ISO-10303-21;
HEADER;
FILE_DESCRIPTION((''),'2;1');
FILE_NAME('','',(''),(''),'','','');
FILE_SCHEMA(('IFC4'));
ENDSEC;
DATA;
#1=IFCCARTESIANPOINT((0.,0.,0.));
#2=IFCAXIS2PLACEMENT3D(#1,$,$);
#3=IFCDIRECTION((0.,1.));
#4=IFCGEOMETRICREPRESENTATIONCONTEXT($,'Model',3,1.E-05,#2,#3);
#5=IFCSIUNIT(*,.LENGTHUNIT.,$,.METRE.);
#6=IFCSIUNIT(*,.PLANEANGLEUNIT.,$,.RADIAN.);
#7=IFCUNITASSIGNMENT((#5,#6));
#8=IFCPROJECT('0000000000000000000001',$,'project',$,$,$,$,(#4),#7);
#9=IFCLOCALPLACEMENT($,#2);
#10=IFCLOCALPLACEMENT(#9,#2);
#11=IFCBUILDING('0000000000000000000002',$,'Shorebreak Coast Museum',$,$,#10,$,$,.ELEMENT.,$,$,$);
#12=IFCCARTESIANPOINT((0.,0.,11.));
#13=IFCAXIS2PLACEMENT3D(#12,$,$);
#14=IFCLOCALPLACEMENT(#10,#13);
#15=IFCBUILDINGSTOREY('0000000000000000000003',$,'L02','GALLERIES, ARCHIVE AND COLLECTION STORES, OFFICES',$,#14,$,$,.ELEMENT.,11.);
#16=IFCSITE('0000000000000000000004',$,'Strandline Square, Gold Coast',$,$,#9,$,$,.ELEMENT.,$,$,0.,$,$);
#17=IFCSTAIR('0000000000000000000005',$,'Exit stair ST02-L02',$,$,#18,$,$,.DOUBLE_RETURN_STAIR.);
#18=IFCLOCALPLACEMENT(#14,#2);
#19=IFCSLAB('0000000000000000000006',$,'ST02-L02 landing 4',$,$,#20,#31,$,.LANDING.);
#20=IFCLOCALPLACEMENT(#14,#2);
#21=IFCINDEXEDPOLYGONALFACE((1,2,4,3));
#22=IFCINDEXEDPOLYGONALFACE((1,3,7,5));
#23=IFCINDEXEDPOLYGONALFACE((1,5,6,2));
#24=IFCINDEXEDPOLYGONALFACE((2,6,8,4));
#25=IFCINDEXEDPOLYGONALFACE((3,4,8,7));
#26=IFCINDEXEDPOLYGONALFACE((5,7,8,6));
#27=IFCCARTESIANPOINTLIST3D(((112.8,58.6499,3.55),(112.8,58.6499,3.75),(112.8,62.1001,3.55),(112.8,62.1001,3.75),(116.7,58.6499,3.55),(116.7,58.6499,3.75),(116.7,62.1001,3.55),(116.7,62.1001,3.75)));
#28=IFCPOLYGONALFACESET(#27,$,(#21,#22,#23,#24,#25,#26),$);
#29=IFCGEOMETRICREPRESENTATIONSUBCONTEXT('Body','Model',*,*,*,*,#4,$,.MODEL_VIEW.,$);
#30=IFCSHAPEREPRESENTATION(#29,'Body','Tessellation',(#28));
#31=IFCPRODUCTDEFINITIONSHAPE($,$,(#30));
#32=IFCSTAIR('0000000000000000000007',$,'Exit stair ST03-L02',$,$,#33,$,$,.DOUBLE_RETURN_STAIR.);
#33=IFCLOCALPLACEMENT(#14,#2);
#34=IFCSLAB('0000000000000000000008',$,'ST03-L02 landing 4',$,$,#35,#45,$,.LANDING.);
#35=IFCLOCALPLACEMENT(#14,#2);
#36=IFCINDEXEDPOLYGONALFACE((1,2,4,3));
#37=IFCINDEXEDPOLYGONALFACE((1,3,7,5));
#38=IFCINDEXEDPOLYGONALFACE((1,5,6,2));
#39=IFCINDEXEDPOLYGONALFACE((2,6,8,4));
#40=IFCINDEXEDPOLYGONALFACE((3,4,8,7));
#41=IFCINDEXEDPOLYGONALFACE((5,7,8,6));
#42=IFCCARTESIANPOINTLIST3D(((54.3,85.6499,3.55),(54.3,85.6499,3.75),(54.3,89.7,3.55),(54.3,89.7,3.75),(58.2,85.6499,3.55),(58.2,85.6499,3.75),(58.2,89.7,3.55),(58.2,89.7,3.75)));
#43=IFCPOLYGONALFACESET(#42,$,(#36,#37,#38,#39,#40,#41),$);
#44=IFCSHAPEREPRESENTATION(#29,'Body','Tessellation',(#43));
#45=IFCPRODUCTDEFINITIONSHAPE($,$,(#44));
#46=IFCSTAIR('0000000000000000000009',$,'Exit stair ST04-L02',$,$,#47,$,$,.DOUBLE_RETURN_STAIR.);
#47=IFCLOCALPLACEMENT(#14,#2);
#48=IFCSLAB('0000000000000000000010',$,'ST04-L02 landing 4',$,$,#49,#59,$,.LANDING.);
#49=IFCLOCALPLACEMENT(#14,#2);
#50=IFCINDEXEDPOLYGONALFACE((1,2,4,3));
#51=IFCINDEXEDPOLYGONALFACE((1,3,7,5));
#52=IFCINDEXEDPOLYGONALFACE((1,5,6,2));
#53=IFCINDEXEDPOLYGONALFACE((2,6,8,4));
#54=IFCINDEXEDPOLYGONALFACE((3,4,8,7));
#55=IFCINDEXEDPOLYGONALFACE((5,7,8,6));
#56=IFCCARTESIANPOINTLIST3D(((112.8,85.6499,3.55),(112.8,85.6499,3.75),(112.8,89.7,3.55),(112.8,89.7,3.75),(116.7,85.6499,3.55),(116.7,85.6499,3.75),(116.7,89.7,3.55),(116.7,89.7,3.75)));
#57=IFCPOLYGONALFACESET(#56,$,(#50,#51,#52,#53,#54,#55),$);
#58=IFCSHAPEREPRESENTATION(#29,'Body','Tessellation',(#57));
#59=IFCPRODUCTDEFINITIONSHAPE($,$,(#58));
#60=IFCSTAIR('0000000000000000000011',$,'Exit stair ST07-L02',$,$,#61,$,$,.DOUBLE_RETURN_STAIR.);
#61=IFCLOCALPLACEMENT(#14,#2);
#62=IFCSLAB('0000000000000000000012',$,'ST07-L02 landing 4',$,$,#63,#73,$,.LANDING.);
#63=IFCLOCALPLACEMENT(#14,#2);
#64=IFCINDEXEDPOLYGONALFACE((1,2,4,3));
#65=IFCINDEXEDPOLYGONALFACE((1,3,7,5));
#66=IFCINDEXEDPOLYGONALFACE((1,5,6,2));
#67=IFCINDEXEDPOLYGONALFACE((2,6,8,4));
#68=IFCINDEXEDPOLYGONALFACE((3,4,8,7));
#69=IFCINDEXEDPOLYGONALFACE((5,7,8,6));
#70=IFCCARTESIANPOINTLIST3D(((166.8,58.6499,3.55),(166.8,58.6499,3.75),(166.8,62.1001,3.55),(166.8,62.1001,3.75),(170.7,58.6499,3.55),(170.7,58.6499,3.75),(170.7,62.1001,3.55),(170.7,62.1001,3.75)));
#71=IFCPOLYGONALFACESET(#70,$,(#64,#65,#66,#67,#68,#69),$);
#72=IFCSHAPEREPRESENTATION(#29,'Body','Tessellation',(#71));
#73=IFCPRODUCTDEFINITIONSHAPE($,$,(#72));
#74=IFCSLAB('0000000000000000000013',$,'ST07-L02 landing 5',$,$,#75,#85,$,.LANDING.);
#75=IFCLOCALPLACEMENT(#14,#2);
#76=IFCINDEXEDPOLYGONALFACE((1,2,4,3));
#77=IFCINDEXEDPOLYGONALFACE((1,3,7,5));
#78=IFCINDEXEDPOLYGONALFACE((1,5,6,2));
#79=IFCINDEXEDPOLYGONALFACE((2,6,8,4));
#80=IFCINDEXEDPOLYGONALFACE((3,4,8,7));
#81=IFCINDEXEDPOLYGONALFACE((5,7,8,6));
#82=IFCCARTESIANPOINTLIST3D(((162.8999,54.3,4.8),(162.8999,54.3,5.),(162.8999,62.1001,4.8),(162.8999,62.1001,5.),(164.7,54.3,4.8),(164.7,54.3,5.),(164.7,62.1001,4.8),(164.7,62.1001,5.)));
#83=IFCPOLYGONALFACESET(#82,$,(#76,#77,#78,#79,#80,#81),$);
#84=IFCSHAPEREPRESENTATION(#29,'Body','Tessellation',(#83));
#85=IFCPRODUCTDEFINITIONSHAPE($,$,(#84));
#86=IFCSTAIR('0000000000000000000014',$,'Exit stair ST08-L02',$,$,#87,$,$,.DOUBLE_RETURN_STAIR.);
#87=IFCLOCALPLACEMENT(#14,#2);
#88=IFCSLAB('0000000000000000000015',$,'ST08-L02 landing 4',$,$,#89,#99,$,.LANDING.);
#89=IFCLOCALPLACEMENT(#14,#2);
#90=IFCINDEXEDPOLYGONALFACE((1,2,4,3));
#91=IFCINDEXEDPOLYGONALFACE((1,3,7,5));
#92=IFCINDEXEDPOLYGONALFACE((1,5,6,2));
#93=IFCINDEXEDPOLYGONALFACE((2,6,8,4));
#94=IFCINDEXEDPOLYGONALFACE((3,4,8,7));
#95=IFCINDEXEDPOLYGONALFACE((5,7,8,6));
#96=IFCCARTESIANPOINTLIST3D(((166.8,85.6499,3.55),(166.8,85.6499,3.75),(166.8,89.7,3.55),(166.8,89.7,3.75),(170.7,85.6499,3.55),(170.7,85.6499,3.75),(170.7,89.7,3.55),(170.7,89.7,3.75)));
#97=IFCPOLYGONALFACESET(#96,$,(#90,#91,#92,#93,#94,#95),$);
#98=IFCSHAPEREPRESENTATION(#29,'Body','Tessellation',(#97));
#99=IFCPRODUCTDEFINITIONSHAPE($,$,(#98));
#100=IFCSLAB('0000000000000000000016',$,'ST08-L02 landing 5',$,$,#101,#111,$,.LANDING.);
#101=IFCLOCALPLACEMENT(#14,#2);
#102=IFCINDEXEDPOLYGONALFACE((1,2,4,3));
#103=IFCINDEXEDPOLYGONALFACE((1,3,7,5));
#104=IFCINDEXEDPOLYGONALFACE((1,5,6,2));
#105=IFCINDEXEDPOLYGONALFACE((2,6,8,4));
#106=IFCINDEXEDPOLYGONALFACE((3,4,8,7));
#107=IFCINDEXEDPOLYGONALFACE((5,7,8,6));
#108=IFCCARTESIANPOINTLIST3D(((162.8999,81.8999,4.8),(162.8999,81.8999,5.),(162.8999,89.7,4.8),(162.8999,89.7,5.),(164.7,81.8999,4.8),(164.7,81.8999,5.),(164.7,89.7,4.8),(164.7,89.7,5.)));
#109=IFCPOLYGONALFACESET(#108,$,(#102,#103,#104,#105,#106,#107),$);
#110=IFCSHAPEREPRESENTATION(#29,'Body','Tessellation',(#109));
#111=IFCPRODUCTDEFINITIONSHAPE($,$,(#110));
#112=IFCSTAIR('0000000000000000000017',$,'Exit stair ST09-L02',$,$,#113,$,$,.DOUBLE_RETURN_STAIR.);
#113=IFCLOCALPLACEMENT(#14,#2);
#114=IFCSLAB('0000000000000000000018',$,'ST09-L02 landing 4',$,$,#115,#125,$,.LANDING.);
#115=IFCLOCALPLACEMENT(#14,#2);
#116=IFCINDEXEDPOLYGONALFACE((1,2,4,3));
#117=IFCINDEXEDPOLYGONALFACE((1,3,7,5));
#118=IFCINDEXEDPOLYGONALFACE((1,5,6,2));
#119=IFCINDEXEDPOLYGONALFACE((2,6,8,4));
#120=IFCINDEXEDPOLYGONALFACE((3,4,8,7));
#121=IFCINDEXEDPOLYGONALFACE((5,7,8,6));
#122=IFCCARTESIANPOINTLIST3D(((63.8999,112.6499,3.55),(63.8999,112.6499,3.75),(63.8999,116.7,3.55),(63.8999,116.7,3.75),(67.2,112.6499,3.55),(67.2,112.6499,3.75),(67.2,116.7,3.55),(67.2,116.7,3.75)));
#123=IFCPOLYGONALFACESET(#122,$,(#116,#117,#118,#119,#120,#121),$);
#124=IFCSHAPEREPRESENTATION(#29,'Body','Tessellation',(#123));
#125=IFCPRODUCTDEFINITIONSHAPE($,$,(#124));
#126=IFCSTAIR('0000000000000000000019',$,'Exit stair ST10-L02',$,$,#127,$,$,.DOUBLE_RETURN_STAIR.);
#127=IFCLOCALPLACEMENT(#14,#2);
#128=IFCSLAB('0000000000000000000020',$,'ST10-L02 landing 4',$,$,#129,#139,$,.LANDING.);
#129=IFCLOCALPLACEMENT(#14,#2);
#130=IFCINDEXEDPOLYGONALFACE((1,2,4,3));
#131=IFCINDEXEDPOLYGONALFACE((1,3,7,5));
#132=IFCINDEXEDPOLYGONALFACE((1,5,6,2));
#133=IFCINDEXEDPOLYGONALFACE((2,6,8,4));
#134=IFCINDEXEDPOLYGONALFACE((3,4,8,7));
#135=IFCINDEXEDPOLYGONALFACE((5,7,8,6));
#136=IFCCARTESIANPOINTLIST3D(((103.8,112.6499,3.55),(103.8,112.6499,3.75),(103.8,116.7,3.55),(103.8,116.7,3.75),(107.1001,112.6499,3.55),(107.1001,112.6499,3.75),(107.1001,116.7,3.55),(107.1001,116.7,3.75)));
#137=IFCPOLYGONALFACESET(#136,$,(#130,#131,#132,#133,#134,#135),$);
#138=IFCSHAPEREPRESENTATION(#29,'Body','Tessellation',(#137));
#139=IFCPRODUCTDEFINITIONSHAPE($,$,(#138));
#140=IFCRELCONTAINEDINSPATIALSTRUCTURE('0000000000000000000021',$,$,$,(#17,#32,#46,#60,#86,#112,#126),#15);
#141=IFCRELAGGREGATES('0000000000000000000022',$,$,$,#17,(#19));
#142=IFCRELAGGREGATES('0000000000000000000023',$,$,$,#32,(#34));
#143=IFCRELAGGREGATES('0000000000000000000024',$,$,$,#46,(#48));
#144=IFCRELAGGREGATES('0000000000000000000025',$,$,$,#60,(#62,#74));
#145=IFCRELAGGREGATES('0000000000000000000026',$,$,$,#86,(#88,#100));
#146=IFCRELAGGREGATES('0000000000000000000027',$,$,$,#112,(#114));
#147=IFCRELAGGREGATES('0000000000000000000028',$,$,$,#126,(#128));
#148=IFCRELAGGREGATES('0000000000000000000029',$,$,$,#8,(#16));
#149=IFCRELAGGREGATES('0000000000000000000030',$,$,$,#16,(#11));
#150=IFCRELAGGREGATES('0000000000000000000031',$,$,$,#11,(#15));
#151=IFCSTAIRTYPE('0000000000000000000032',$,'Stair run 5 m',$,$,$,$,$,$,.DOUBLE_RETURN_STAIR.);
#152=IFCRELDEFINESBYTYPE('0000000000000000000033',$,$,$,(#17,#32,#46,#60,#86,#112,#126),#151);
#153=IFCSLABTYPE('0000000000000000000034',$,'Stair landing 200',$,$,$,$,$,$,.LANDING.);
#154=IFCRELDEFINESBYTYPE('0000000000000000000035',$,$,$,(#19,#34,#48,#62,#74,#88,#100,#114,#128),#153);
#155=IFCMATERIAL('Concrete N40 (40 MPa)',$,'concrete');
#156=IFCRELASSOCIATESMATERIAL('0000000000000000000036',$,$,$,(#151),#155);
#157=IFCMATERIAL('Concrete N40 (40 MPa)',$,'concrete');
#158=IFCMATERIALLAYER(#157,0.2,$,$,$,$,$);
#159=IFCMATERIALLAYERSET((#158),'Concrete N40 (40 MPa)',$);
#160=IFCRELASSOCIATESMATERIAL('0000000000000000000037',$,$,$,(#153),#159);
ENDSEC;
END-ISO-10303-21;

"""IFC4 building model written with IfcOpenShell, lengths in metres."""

from ifc_helpers import new_model, si_unit, direction, frame, origin, place, context, subcontext, project, spatial, polyline, outline, extrude, material, layer, layer_set, type_object, element, aggregate, save


model = new_model("IFC4")

# Units and contexts
model_context = context("Model", 3, precision=1e-05, world=origin(), true_north=direction((0.0, 1.0)))
body_context = subcontext(model_context, "Body", "Model", "MODEL_VIEW")
ifc_project = project(units=[si_unit("LENGTHUNIT", "METRE"), si_unit("PLANEANGLEUNIT", "RADIAN")], contexts=[model_context])

# Site, building, storey
site_placement = place(None, origin())
site = spatial("IfcSite", under=ifc_project, at=site_placement, Name="Strandline Square, Gold Coast", CompositionType="ELEMENT", RefElevation=0.0)
building_placement = place(site_placement, origin())
building = spatial("IfcBuilding", under=site, at=building_placement, Name="Shorebreak Coast Museum", CompositionType="ELEMENT")
storey_placement = place(building_placement, frame((0.0, 0.0, 11.0)))
storey = spatial("IfcBuildingStorey", under=building, at=storey_placement, Name="L02", Description="GALLERIES, ARCHIVE AND COLLECTION STORES, OFFICES", CompositionType="ELEMENT", Elevation=11.0)

# Stairs, slabs
ifc_material_1 = material(Name="Concrete N40 (40 MPa)", Category="concrete")
stair_type = type_object("IfcStairType", Name="Stair run 5 m", PredefinedType="DOUBLE_RETURN_STAIR", material=ifc_material_1)
stair_1_placement = place(storey_placement, origin())
stair_1 = element("IfcStair", 1, at=stair_1_placement, inside=storey, type_object=stair_type, Name="Exit stair ST02-L02", PredefinedType="DOUBLE_RETURN_STAIR")
ifc_material_2 = material(Name="Concrete N40 (40 MPa)", Category="concrete")
ifc_layer_1 = layer(ifc_material_2, 0.2)
ifc_layer_set_1 = layer_set([ifc_layer_1], Name="Concrete N40 (40 MPa)")
slab_type = type_object("IfcSlabType", Name="Stair landing 200", PredefinedType="LANDING", material=ifc_layer_set_1)
slab_1_placement = place(storey_placement, frame((0.0, 0.0, 3.55)))
slab_1 = element("IfcSlab", 2, at=slab_1_placement, type_object=slab_type, Name="ST02-L02 landing 4", PredefinedType="LANDING", context=body_context, shape_type="SweptSolid", body=[
    extrude(outline(polyline([(112.8, 58.6499), (116.7, 58.6499), (116.7, 62.1001), (112.8, 62.1001), (112.8, 58.6499)])), origin(), (0.0, 0.0, 1.0), 0.2),
])
aggregate(stair_1, [slab_1])
stair_2_placement = place(storey_placement, origin())
stair_2 = element("IfcStair", 3, at=stair_2_placement, inside=storey, type_object=stair_type, Name="Exit stair ST03-L02", PredefinedType="DOUBLE_RETURN_STAIR")
slab_2_placement = place(storey_placement, frame((0.0, 0.0, 3.55)))
slab_2 = element("IfcSlab", 4, at=slab_2_placement, type_object=slab_type, Name="ST03-L02 landing 4", PredefinedType="LANDING", context=body_context, shape_type="SweptSolid", body=[
    extrude(outline(polyline([(54.3, 85.6499), (58.2, 85.6499), (58.2, 89.7), (54.3, 89.7), (54.3, 85.6499)])), origin(), (0.0, 0.0, 1.0), 0.2),
])
aggregate(stair_2, [slab_2])
stair_3_placement = place(storey_placement, origin())
stair_3 = element("IfcStair", 5, at=stair_3_placement, inside=storey, type_object=stair_type, Name="Exit stair ST04-L02", PredefinedType="DOUBLE_RETURN_STAIR")
slab_3_placement = place(storey_placement, frame((0.0, 0.0, 3.55)))
slab_3 = element("IfcSlab", 6, at=slab_3_placement, type_object=slab_type, Name="ST04-L02 landing 4", PredefinedType="LANDING", context=body_context, shape_type="SweptSolid", body=[
    extrude(outline(polyline([(112.8, 85.6499), (116.7, 85.6499), (116.7, 89.7), (112.8, 89.7), (112.8, 85.6499)])), origin(), (0.0, 0.0, 1.0), 0.2),
])
aggregate(stair_3, [slab_3])

# Stairs, slabs
stair_4_placement = place(storey_placement, origin())
stair_4 = element("IfcStair", 7, at=stair_4_placement, inside=storey, type_object=stair_type, Name="Exit stair ST07-L02", PredefinedType="DOUBLE_RETURN_STAIR")
slab_4_placement = place(storey_placement, frame((0.0, 0.0, 3.55)))
slab_4 = element("IfcSlab", 8, at=slab_4_placement, type_object=slab_type, Name="ST07-L02 landing 4", PredefinedType="LANDING", context=body_context, shape_type="SweptSolid", body=[
    extrude(outline(polyline([(166.8, 58.6499), (170.7, 58.6499), (170.7, 62.1001), (166.8, 62.1001), (166.8, 58.6499)])), origin(), (0.0, 0.0, 1.0), 0.2),
])
slab_5_placement = place(storey_placement, frame((0.0, 0.0, 4.8)))
slab_5 = element("IfcSlab", 9, at=slab_5_placement, type_object=slab_type, Name="ST07-L02 landing 5", PredefinedType="LANDING", context=body_context, shape_type="SweptSolid", body=[
    extrude(outline(polyline([(162.8999, 54.3), (164.7, 54.3), (164.7, 62.1001), (162.8999, 62.1001), (162.8999, 54.3)])), origin(), (0.0, 0.0, 1.0), 0.2),
])
aggregate(stair_4, [slab_4, slab_5])
stair_5_placement = place(storey_placement, origin())
stair_5 = element("IfcStair", 10, at=stair_5_placement, inside=storey, type_object=stair_type, Name="Exit stair ST08-L02", PredefinedType="DOUBLE_RETURN_STAIR")
slab_6_placement = place(storey_placement, frame((0.0, 0.0, 3.55)))
slab_6 = element("IfcSlab", 11, at=slab_6_placement, type_object=slab_type, Name="ST08-L02 landing 4", PredefinedType="LANDING", context=body_context, shape_type="SweptSolid", body=[
    extrude(outline(polyline([(166.8, 85.6499), (170.7, 85.6499), (170.7, 89.7), (166.8, 89.7), (166.8, 85.6499)])), origin(), (0.0, 0.0, 1.0), 0.2),
])
slab_7_placement = place(storey_placement, frame((0.0, 0.0, 4.8)))
slab_7 = element("IfcSlab", 12, at=slab_7_placement, type_object=slab_type, Name="ST08-L02 landing 5", PredefinedType="LANDING", context=body_context, shape_type="SweptSolid", body=[
    extrude(outline(polyline([(162.8999, 81.8999), (164.7, 81.8999), (164.7, 89.7), (162.8999, 89.7), (162.8999, 81.8999)])), origin(), (0.0, 0.0, 1.0), 0.2),
])
aggregate(stair_5, [slab_6, slab_7])

# Stairs, slabs
stair_6_placement = place(storey_placement, origin())
stair_6 = element("IfcStair", 13, at=stair_6_placement, inside=storey, type_object=stair_type, Name="Exit stair ST09-L02", PredefinedType="DOUBLE_RETURN_STAIR")
slab_8_placement = place(storey_placement, frame((0.0, 0.0, 3.55)))
slab_8 = element("IfcSlab", 14, at=slab_8_placement, type_object=slab_type, Name="ST09-L02 landing 4", PredefinedType="LANDING", context=body_context, shape_type="SweptSolid", body=[
    extrude(outline(polyline([(63.8999, 112.6499), (67.2, 112.6499), (67.2, 116.7), (63.8999, 116.7), (63.8999, 112.6499)])), origin(), (0.0, 0.0, 1.0), 0.2),
])
aggregate(stair_6, [slab_8])
stair_7_placement = place(storey_placement, origin())
stair_7 = element("IfcStair", 15, at=stair_7_placement, inside=storey, type_object=stair_type, Name="Exit stair ST10-L02", PredefinedType="DOUBLE_RETURN_STAIR")
slab_9_placement = place(storey_placement, frame((0.0, 0.0, 3.55)))
slab_9 = element("IfcSlab", 16, at=slab_9_placement, type_object=slab_type, Name="ST10-L02 landing 4", PredefinedType="LANDING", context=body_context, shape_type="SweptSolid", body=[
    extrude(outline(polyline([(103.8, 112.6499), (107.1001, 112.6499), (107.1001, 116.7), (103.8, 116.7), (103.8, 112.6499)])), origin(), (0.0, 0.0, 1.0), 0.2),
])
aggregate(stair_7, [slab_9])

save(model, "model.ifc")
